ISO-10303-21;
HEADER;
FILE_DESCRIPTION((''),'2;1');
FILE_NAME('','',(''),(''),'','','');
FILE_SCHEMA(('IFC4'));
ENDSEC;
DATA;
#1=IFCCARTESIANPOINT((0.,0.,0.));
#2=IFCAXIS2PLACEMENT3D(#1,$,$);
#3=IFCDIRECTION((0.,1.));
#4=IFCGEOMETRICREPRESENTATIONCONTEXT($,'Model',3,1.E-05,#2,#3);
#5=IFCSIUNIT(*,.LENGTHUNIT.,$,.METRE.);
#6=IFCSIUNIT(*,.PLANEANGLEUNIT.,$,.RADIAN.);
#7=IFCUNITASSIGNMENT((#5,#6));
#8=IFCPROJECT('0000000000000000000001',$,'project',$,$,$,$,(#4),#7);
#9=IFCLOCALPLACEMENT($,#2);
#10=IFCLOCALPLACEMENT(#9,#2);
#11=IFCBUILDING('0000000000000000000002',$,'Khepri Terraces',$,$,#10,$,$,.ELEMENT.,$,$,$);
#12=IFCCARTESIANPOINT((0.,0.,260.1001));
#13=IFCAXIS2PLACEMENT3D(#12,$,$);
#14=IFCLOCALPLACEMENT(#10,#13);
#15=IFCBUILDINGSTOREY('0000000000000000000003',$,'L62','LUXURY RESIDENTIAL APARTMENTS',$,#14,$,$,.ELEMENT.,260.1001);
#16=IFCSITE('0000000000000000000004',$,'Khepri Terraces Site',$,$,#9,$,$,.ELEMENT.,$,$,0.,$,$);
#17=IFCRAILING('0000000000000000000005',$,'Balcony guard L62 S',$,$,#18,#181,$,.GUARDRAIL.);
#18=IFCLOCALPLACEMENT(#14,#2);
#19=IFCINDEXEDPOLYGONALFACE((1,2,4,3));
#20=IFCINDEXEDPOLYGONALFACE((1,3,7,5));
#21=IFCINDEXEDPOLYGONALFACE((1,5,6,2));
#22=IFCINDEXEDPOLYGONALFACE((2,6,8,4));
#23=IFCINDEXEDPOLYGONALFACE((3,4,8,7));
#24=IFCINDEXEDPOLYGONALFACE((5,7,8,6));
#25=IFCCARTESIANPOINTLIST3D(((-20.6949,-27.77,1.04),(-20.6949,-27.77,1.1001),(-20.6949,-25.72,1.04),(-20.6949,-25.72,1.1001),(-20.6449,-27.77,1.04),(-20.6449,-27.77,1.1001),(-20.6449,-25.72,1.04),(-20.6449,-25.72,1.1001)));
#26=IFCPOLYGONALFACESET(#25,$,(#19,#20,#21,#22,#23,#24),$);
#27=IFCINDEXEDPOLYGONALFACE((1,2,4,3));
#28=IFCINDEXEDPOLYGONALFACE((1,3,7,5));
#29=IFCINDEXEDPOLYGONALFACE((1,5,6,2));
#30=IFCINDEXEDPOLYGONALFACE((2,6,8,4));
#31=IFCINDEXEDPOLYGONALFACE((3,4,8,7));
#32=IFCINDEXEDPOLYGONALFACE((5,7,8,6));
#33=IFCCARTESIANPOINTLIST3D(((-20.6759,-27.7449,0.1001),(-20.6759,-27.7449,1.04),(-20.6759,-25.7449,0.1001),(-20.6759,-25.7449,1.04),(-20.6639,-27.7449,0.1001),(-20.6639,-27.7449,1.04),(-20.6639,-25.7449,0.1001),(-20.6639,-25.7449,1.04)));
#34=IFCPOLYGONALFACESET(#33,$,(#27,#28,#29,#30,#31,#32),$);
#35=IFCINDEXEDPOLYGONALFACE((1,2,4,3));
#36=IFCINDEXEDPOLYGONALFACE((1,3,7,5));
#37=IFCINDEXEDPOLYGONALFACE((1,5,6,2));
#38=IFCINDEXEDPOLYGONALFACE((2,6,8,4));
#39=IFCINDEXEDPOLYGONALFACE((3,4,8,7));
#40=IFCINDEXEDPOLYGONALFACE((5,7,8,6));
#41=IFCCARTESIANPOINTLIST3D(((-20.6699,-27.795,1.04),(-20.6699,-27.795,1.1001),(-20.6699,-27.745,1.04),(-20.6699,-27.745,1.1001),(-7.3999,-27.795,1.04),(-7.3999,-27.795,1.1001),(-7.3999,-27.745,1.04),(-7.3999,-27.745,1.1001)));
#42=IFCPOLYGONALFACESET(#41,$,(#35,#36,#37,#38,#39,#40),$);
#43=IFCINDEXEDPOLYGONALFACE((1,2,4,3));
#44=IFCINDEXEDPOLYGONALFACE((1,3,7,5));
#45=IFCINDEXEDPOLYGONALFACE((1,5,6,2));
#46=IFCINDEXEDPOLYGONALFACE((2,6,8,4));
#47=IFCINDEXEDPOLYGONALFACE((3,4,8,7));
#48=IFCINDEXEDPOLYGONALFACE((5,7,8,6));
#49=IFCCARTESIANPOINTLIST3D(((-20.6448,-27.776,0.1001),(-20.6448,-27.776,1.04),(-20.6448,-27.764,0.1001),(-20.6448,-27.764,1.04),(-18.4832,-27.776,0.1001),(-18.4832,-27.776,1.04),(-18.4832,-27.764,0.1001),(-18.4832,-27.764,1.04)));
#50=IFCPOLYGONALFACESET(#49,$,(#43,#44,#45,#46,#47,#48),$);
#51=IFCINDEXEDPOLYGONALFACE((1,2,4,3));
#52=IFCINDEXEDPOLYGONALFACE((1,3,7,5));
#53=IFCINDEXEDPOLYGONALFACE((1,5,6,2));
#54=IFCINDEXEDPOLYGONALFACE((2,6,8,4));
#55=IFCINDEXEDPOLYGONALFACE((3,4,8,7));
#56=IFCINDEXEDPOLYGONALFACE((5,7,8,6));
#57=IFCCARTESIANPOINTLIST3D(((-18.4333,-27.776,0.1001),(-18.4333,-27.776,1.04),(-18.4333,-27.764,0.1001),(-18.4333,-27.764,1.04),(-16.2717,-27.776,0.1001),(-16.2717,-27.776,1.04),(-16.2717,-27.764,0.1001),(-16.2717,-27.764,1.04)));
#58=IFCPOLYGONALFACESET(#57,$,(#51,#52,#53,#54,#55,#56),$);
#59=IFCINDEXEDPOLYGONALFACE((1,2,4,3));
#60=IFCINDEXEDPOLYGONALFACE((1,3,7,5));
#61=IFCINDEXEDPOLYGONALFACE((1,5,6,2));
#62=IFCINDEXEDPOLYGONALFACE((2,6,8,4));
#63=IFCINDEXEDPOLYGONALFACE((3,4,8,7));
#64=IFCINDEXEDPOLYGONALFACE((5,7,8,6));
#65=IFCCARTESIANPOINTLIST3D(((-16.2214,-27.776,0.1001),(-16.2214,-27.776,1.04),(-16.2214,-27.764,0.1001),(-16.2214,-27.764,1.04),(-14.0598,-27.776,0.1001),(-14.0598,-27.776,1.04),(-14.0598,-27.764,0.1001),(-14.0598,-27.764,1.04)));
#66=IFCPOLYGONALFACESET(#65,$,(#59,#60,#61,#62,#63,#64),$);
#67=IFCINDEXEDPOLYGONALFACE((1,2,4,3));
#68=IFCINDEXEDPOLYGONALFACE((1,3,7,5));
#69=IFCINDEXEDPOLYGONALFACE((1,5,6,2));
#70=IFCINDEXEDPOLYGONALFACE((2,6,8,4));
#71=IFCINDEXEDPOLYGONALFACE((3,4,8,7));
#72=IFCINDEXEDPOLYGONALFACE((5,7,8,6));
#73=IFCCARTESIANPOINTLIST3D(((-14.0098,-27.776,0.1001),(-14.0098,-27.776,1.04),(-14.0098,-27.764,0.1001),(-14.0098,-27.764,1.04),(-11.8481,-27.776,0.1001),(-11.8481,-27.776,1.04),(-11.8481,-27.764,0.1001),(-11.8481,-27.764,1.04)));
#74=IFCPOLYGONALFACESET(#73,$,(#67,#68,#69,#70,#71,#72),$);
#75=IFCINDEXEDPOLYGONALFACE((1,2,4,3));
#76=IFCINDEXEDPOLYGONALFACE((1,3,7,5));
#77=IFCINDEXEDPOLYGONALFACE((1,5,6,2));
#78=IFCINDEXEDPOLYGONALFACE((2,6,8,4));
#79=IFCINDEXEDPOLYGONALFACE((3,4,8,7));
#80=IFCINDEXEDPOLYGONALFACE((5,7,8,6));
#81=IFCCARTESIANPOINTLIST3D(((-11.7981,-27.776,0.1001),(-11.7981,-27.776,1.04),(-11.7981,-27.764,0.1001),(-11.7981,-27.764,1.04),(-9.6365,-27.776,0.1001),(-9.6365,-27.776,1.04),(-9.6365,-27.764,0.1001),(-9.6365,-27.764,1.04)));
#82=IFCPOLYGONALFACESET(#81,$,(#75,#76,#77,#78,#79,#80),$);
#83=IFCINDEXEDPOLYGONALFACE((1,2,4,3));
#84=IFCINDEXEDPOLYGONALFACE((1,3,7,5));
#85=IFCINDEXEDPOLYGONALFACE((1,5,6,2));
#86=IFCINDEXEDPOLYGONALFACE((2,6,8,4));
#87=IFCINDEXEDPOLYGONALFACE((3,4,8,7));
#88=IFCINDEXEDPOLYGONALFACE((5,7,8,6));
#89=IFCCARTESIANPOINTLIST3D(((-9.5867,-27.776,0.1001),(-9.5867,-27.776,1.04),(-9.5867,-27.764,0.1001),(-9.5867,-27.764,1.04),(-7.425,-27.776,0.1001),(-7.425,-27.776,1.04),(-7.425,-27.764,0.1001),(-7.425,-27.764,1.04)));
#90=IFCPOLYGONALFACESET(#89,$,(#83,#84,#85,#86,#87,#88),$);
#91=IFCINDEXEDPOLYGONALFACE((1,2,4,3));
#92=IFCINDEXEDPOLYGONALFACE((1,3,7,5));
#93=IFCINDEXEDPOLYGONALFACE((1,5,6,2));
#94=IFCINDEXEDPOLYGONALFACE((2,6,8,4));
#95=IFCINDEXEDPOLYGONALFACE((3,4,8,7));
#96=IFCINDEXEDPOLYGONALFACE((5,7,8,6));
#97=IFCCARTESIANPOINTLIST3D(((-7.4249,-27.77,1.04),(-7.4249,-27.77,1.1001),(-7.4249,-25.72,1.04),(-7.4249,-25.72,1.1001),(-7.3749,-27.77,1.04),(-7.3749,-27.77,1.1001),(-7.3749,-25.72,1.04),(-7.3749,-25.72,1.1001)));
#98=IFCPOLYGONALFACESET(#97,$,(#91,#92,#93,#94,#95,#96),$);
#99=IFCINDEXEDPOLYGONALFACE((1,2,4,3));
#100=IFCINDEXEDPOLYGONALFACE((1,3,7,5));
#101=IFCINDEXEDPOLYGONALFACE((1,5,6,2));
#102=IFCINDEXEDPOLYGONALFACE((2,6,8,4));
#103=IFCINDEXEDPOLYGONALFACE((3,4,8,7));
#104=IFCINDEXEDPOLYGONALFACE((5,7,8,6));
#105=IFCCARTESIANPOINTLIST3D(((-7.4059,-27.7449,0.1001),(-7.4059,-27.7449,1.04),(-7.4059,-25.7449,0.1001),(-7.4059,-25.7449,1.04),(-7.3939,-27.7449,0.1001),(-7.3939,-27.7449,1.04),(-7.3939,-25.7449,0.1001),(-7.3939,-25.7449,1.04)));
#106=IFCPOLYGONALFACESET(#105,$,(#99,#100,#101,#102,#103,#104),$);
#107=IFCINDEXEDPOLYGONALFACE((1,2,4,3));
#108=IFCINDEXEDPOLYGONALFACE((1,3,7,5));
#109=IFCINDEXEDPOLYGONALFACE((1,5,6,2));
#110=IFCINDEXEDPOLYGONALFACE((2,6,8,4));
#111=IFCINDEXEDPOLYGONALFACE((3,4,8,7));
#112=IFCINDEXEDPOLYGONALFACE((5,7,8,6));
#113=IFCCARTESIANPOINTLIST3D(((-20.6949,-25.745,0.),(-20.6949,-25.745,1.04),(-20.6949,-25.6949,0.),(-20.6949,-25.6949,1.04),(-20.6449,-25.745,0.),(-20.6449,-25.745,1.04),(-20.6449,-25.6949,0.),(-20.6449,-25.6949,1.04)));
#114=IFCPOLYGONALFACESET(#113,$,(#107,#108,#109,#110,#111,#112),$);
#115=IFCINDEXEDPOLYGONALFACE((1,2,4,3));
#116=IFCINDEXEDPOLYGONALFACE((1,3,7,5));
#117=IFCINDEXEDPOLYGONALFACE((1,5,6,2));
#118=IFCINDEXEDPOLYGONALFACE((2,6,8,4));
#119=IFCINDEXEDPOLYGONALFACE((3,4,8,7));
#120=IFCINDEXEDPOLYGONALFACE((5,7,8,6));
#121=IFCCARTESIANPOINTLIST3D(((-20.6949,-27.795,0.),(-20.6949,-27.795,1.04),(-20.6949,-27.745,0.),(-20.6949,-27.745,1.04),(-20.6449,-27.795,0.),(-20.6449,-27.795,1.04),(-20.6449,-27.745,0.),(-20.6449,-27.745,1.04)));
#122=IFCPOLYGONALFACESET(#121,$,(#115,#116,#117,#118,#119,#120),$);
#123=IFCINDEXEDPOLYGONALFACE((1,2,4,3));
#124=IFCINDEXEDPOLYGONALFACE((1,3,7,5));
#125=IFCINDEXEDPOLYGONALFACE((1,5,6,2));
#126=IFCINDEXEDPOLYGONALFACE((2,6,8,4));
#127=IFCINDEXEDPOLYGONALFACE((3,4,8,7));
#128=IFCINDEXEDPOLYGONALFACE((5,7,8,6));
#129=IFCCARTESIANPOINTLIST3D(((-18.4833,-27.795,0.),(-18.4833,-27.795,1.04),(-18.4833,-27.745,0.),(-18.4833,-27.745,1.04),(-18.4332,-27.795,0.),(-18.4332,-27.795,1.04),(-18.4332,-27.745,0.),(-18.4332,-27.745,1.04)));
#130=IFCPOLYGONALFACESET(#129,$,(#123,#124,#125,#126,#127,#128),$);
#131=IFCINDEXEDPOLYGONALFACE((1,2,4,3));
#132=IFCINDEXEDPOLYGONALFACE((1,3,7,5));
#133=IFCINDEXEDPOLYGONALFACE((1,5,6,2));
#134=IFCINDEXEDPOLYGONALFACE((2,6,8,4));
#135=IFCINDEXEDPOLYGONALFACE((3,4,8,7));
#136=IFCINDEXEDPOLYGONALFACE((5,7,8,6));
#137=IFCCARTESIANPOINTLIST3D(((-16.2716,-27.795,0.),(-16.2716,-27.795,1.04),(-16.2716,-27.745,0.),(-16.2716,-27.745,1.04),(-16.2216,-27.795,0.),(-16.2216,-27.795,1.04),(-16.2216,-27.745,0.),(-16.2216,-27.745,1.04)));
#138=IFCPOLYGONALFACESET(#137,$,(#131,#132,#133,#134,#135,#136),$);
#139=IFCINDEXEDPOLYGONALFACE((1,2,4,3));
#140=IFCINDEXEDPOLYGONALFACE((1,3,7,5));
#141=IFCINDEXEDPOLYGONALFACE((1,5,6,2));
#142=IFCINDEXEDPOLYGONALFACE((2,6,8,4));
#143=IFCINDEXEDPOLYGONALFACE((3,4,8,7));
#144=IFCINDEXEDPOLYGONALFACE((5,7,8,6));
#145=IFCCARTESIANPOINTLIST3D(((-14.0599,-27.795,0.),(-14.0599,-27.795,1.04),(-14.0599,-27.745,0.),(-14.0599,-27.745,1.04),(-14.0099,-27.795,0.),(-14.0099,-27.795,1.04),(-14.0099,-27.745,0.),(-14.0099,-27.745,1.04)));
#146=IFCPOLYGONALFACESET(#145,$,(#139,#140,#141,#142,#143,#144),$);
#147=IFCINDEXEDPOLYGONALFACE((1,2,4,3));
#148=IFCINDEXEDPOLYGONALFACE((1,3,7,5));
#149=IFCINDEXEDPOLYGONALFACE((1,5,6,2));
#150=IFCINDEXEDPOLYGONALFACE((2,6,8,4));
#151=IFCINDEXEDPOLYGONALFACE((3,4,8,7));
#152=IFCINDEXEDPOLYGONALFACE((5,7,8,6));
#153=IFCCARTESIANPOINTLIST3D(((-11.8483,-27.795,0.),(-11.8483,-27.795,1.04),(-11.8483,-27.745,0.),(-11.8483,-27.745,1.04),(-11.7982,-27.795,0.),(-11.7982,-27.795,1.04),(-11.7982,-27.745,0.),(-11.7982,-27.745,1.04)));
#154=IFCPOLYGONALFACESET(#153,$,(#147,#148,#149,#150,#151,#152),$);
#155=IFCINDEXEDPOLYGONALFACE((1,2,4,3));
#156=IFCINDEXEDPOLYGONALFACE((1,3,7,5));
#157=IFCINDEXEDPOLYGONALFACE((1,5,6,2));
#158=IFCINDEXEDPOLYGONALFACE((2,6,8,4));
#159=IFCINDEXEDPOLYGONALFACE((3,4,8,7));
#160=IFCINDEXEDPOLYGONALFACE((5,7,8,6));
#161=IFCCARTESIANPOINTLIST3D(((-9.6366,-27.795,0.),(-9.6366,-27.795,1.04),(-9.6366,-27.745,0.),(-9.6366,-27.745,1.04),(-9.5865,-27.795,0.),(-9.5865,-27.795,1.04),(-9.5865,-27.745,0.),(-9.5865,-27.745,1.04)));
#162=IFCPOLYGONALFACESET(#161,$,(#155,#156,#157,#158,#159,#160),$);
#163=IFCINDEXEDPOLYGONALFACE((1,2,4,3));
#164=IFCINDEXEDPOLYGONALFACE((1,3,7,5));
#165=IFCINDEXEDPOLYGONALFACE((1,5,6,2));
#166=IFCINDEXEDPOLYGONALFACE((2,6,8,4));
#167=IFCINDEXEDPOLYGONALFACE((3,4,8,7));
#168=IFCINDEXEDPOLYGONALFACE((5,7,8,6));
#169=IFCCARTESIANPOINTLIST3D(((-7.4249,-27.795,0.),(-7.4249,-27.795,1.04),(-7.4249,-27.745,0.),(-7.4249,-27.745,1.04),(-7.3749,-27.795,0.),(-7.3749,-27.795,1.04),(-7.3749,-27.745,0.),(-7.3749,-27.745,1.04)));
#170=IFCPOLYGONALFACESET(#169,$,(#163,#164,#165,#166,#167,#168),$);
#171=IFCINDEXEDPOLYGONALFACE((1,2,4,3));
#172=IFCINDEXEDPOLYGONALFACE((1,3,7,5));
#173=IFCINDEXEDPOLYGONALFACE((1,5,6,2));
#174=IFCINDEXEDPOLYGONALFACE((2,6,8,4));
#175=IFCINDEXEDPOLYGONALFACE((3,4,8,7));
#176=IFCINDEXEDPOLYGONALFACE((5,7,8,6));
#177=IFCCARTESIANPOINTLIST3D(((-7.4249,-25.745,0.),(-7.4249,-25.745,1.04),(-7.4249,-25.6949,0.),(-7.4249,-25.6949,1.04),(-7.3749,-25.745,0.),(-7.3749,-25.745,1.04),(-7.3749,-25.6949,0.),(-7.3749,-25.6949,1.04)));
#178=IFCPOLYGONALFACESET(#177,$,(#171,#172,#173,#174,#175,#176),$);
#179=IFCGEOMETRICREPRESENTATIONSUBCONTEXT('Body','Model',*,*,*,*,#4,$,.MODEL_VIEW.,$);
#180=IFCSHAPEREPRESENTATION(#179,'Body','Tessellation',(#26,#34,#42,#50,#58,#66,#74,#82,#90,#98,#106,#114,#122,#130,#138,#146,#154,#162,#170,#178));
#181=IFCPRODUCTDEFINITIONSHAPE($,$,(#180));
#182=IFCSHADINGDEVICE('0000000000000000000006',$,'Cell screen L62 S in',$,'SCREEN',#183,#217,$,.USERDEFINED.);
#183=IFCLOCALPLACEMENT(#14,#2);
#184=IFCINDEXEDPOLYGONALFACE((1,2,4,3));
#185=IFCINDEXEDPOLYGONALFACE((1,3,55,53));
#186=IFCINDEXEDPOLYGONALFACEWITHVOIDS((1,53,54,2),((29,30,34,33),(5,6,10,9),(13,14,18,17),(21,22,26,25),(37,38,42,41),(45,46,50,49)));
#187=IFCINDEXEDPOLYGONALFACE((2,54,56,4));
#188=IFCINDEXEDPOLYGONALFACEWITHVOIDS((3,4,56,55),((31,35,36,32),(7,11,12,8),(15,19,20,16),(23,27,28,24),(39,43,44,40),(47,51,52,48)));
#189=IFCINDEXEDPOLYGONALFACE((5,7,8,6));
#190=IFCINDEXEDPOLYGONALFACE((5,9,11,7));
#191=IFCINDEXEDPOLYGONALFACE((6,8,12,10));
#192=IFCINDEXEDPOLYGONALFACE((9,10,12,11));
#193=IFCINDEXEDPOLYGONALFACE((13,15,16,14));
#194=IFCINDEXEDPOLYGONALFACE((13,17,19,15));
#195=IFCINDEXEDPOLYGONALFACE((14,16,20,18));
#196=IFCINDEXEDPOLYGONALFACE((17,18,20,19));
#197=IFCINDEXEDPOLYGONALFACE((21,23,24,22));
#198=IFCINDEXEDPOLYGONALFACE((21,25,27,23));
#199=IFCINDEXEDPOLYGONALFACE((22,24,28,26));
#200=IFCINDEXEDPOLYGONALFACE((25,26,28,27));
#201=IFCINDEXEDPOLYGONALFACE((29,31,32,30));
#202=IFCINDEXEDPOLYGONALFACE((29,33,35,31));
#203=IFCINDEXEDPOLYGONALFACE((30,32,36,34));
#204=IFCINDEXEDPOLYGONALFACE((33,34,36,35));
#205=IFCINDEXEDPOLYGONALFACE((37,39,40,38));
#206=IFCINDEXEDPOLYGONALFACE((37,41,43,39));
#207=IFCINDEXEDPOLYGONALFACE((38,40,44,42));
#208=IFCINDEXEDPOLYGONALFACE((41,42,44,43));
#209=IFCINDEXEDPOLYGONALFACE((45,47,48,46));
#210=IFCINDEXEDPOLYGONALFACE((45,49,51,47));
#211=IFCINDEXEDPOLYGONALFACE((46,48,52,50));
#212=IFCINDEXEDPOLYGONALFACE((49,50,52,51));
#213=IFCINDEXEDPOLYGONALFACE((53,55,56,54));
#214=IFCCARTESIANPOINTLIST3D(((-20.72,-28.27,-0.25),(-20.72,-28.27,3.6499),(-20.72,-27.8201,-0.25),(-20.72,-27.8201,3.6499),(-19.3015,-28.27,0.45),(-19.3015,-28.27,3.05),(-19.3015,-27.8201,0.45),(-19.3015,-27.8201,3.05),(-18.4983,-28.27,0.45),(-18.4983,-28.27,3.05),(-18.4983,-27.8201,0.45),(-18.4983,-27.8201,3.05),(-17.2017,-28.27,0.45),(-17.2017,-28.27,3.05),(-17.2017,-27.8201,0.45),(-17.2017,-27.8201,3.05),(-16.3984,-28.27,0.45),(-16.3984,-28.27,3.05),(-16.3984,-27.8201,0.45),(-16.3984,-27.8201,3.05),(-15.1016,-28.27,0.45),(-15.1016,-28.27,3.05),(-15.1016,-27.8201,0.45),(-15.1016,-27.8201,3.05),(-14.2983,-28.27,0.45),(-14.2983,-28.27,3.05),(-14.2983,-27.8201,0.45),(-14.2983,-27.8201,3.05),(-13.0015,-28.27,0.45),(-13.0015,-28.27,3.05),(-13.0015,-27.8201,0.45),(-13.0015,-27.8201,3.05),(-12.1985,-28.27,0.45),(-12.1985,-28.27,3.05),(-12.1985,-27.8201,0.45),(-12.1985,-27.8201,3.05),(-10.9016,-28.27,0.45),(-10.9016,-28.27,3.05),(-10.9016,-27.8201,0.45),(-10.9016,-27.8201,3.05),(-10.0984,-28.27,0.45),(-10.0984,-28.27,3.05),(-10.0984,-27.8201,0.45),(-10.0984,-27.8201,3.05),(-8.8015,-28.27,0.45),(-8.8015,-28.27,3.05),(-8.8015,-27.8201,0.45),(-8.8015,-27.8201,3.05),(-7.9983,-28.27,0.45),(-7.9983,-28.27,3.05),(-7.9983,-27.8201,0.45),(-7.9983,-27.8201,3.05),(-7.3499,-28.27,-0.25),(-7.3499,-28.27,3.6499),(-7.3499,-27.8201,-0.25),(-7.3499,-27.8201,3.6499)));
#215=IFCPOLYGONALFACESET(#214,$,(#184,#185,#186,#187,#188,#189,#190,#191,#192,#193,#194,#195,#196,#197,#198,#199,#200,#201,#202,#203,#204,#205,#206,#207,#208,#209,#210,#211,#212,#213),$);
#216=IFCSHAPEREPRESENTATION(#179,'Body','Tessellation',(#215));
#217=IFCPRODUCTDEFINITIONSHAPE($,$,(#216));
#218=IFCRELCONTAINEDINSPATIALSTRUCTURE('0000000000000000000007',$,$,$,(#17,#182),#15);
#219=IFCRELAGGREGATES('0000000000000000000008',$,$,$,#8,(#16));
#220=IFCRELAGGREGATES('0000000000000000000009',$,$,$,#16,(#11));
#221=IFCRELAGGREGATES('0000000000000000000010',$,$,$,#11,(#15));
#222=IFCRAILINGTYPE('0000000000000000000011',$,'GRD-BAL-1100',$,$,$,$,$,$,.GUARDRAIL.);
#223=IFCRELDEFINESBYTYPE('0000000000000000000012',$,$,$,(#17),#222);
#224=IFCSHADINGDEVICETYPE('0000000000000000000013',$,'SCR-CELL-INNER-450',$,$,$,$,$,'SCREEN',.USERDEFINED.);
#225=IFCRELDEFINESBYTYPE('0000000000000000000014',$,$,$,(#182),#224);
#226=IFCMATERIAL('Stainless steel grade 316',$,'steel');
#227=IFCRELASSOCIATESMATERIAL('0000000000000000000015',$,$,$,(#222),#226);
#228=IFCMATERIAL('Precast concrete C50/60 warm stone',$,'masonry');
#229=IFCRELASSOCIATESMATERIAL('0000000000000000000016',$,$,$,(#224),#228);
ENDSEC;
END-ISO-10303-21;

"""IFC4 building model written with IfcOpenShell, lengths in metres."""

from ifc_helpers import new_model, si_unit, direction, frame, origin, origin_2d, place, context, subcontext, project, spatial, polyline, rectangle, outline, extrude, material, type_object, element, save


model = new_model("IFC4")

# Units and contexts
model_context = context("Model", 3, precision=1e-05, world=origin(), true_north=direction((0.0, 1.0)))
body_context = subcontext(model_context, "Body", "Model", "MODEL_VIEW")
ifc_project = project(units=[si_unit("LENGTHUNIT", "METRE"), si_unit("PLANEANGLEUNIT", "RADIAN")], contexts=[model_context])

# Site, building, storey
site_placement = place(None, origin())
site = spatial("IfcSite", under=ifc_project, at=site_placement, Name="Khepri Terraces Site", CompositionType="ELEMENT", RefElevation=0.0)
building_placement = place(site_placement, origin())
building = spatial("IfcBuilding", under=site, at=building_placement, Name="Khepri Terraces", CompositionType="ELEMENT")
storey_placement = place(building_placement, frame((0.0, 0.0, 260.1001)))
storey = spatial("IfcBuildingStorey", under=building, at=storey_placement, Name="L62", Description="LUXURY RESIDENTIAL APARTMENTS", CompositionType="ELEMENT", Elevation=260.1001)

# Shared definitions
ifc_material_1 = material(Name="Precast concrete C50/60 warm stone", Category="masonry")

# Railing
ifc_material_2 = material(Name="Stainless steel grade 316", Category="steel")
railing_type = type_object("IfcRailingType", Name="GRD-BAL-1100", PredefinedType="GUARDRAIL", material=ifc_material_2)
railing_placement = place(storey_placement, frame((-20.6699, -25.72, 0.0)))
element("IfcRailing", 1, at=railing_placement, inside=storey, type_object=railing_type, Name="Balcony guard L62 S", PredefinedType="GUARDRAIL", context=body_context, shape_type="SweptSolid", body=[
    extrude(rectangle(XDim=0.05, YDim=0.0601, at=origin_2d()), frame((0.0, 0.0, 1.0701), z_axis=(0.0, -1.0, 0.0), x_axis=(1.0, 0.0, 0.0)), (0.0, 0.0, 1.0), 2.05),
    extrude(rectangle(XDim=2.0, YDim=0.012, at=origin_2d()), frame((0.0, -1.0249, 0.1001), z_axis=(0.0, 0.0, 1.0), x_axis=(0.0, -1.0, 0.0)), (0.0, 0.0, 1.0), 0.9399),
    extrude(rectangle(XDim=0.05, YDim=0.0601, at=origin_2d()), frame((0.0, -2.05, 1.0701), z_axis=(1.0, 0.0, 0.0), x_axis=(0.0, 1.0, 0.0)), (0.0, 0.0, 1.0), 13.27),
    extrude(rectangle(XDim=2.1616, YDim=0.012, at=origin_2d()), frame((1.106, -2.05, 0.1001), z_axis=(0.0, 0.0, 1.0), x_axis=(1.0, 0.0, 0.0)), (0.0, 0.0, 1.0), 0.9399),
    extrude(rectangle(XDim=2.1616, YDim=0.012, at=origin_2d()), frame((3.3174, -2.05, 0.1001), z_axis=(0.0, 0.0, 1.0), x_axis=(1.0, 0.0, 0.0)), (0.0, 0.0, 1.0), 0.9399),
    extrude(rectangle(XDim=2.1616, YDim=0.012, at=origin_2d()), frame((5.5293, -2.05, 0.1001), z_axis=(0.0, 0.0, 1.0), x_axis=(1.0, 0.0, 0.0)), (0.0, 0.0, 1.0), 0.9399),
    extrude(rectangle(XDim=2.1616, YDim=0.012, at=origin_2d()), frame((7.741, -2.05, 0.1001), z_axis=(0.0, 0.0, 1.0), x_axis=(1.0, 0.0, 0.0)), (0.0, 0.0, 1.0), 0.9399),
    extrude(rectangle(XDim=2.1616, YDim=0.012, at=origin_2d()), frame((9.9526, -2.05, 0.1001), z_axis=(0.0, 0.0, 1.0), x_axis=(1.0, 0.0, 0.0)), (0.0, 0.0, 1.0), 0.9399),
    extrude(rectangle(XDim=2.1616, YDim=0.012, at=origin_2d()), frame((12.1641, -2.05, 0.1001), z_axis=(0.0, 0.0, 1.0), x_axis=(1.0, 0.0, 0.0)), (0.0, 0.0, 1.0), 0.9399),
    extrude(rectangle(XDim=0.05, YDim=0.0601, at=origin_2d()), frame((13.27, -2.05, 1.0701), z_axis=(0.0, 1.0, 0.0), x_axis=(-1.0, 0.0, 0.0)), (0.0, 0.0, 1.0), 2.05),
    extrude(rectangle(XDim=2.0, YDim=0.012, at=origin_2d()), frame((13.27, -1.0249, 0.1001), z_axis=(0.0, 0.0, 1.0), x_axis=(0.0, 1.0, 0.0)), (0.0, 0.0, 1.0), 0.9399),
    extrude(rectangle(XDim=0.05, YDim=0.05, at=origin_2d()), origin(), (0.0, 0.0, 1.0), 1.04),
    extrude(rectangle(XDim=0.05, YDim=0.05, at=origin_2d()), frame((0.0, -2.05, 0.0)), (0.0, 0.0, 1.0), 1.04),
    extrude(rectangle(XDim=0.05, YDim=0.05, at=origin_2d()), frame((2.2117, -2.05, 0.0)), (0.0, 0.0, 1.0), 1.04),
    extrude(rectangle(XDim=0.05, YDim=0.05, at=origin_2d()), frame((4.4233, -2.05, 0.0)), (0.0, 0.0, 1.0), 1.04),
    extrude(rectangle(XDim=0.05, YDim=0.05, at=origin_2d()), frame((6.635, -2.05, 0.0)), (0.0, 0.0, 1.0), 1.04),
    extrude(rectangle(XDim=0.05, YDim=0.05, at=origin_2d()), frame((8.8467, -2.05, 0.0)), (0.0, 0.0, 1.0), 1.04),
    extrude(rectangle(XDim=0.05, YDim=0.05, at=origin_2d()), frame((11.0583, -2.05, 0.0)), (0.0, 0.0, 1.0), 1.04),
    extrude(rectangle(XDim=0.05, YDim=0.05, at=origin_2d()), frame((13.27, -2.05, 0.0)), (0.0, 0.0, 1.0), 1.04),
    extrude(rectangle(XDim=0.05, YDim=0.05, at=origin_2d()), frame((13.27, 0.0, 0.0)), (0.0, 0.0, 1.0), 1.04),
])

# Shading device
shading_device_type_1 = type_object("IfcShadingDeviceType", Name="SCR-CELL-INNER-450", ElementType="SCREEN", PredefinedType="USERDEFINED", material=ifc_material_1)
shading_device_1_placement = place(storey_placement, frame((-20.72, -27.8201, -0.25), z_axis=(0.0, -1.0, 0.0), x_axis=(1.0, 0.0, 0.0)))
element("IfcShadingDevice", 2, at=shading_device_1_placement, inside=storey, type_object=shading_device_type_1, Name="Cell screen L62 S in", ObjectType="SCREEN", PredefinedType="USERDEFINED", context=body_context, shape_type="SweptSolid", body=[
    extrude(outline(polyline([(0.0, 0.0), (13.3701, 0.0), (13.3701, 3.8999), (0.0, 3.8999), (0.0, 0.0)]), holes=[polyline([(1.4185, 0.7), (2.2217, 0.7), (2.2217, 3.3), (1.4185, 3.3), (1.4185, 0.7)]), polyline([(3.5183, 0.7), (4.3215, 0.7), (4.3215, 3.3), (3.5183, 3.3), (3.5183, 0.7)]), polyline([(5.6184, 0.7), (6.4216, 0.7), (6.4216, 3.3), (5.6184, 3.3), (5.6184, 0.7)]), polyline([(7.7185, 0.7), (8.5215, 0.7), (8.5215, 3.3), (7.7185, 3.3), (7.7185, 0.7)]), polyline([(9.8184, 0.7), (10.6216, 0.7), (10.6216, 3.3), (9.8184, 3.3), (9.8184, 0.7)]), polyline([(11.9185, 0.7), (12.7217, 0.7), (12.7217, 3.3), (11.9185, 3.3), (11.9185, 0.7)])]), origin(), (0.0, 0.0, 1.0), 0.45),
])

save(model, "model.ifc")
